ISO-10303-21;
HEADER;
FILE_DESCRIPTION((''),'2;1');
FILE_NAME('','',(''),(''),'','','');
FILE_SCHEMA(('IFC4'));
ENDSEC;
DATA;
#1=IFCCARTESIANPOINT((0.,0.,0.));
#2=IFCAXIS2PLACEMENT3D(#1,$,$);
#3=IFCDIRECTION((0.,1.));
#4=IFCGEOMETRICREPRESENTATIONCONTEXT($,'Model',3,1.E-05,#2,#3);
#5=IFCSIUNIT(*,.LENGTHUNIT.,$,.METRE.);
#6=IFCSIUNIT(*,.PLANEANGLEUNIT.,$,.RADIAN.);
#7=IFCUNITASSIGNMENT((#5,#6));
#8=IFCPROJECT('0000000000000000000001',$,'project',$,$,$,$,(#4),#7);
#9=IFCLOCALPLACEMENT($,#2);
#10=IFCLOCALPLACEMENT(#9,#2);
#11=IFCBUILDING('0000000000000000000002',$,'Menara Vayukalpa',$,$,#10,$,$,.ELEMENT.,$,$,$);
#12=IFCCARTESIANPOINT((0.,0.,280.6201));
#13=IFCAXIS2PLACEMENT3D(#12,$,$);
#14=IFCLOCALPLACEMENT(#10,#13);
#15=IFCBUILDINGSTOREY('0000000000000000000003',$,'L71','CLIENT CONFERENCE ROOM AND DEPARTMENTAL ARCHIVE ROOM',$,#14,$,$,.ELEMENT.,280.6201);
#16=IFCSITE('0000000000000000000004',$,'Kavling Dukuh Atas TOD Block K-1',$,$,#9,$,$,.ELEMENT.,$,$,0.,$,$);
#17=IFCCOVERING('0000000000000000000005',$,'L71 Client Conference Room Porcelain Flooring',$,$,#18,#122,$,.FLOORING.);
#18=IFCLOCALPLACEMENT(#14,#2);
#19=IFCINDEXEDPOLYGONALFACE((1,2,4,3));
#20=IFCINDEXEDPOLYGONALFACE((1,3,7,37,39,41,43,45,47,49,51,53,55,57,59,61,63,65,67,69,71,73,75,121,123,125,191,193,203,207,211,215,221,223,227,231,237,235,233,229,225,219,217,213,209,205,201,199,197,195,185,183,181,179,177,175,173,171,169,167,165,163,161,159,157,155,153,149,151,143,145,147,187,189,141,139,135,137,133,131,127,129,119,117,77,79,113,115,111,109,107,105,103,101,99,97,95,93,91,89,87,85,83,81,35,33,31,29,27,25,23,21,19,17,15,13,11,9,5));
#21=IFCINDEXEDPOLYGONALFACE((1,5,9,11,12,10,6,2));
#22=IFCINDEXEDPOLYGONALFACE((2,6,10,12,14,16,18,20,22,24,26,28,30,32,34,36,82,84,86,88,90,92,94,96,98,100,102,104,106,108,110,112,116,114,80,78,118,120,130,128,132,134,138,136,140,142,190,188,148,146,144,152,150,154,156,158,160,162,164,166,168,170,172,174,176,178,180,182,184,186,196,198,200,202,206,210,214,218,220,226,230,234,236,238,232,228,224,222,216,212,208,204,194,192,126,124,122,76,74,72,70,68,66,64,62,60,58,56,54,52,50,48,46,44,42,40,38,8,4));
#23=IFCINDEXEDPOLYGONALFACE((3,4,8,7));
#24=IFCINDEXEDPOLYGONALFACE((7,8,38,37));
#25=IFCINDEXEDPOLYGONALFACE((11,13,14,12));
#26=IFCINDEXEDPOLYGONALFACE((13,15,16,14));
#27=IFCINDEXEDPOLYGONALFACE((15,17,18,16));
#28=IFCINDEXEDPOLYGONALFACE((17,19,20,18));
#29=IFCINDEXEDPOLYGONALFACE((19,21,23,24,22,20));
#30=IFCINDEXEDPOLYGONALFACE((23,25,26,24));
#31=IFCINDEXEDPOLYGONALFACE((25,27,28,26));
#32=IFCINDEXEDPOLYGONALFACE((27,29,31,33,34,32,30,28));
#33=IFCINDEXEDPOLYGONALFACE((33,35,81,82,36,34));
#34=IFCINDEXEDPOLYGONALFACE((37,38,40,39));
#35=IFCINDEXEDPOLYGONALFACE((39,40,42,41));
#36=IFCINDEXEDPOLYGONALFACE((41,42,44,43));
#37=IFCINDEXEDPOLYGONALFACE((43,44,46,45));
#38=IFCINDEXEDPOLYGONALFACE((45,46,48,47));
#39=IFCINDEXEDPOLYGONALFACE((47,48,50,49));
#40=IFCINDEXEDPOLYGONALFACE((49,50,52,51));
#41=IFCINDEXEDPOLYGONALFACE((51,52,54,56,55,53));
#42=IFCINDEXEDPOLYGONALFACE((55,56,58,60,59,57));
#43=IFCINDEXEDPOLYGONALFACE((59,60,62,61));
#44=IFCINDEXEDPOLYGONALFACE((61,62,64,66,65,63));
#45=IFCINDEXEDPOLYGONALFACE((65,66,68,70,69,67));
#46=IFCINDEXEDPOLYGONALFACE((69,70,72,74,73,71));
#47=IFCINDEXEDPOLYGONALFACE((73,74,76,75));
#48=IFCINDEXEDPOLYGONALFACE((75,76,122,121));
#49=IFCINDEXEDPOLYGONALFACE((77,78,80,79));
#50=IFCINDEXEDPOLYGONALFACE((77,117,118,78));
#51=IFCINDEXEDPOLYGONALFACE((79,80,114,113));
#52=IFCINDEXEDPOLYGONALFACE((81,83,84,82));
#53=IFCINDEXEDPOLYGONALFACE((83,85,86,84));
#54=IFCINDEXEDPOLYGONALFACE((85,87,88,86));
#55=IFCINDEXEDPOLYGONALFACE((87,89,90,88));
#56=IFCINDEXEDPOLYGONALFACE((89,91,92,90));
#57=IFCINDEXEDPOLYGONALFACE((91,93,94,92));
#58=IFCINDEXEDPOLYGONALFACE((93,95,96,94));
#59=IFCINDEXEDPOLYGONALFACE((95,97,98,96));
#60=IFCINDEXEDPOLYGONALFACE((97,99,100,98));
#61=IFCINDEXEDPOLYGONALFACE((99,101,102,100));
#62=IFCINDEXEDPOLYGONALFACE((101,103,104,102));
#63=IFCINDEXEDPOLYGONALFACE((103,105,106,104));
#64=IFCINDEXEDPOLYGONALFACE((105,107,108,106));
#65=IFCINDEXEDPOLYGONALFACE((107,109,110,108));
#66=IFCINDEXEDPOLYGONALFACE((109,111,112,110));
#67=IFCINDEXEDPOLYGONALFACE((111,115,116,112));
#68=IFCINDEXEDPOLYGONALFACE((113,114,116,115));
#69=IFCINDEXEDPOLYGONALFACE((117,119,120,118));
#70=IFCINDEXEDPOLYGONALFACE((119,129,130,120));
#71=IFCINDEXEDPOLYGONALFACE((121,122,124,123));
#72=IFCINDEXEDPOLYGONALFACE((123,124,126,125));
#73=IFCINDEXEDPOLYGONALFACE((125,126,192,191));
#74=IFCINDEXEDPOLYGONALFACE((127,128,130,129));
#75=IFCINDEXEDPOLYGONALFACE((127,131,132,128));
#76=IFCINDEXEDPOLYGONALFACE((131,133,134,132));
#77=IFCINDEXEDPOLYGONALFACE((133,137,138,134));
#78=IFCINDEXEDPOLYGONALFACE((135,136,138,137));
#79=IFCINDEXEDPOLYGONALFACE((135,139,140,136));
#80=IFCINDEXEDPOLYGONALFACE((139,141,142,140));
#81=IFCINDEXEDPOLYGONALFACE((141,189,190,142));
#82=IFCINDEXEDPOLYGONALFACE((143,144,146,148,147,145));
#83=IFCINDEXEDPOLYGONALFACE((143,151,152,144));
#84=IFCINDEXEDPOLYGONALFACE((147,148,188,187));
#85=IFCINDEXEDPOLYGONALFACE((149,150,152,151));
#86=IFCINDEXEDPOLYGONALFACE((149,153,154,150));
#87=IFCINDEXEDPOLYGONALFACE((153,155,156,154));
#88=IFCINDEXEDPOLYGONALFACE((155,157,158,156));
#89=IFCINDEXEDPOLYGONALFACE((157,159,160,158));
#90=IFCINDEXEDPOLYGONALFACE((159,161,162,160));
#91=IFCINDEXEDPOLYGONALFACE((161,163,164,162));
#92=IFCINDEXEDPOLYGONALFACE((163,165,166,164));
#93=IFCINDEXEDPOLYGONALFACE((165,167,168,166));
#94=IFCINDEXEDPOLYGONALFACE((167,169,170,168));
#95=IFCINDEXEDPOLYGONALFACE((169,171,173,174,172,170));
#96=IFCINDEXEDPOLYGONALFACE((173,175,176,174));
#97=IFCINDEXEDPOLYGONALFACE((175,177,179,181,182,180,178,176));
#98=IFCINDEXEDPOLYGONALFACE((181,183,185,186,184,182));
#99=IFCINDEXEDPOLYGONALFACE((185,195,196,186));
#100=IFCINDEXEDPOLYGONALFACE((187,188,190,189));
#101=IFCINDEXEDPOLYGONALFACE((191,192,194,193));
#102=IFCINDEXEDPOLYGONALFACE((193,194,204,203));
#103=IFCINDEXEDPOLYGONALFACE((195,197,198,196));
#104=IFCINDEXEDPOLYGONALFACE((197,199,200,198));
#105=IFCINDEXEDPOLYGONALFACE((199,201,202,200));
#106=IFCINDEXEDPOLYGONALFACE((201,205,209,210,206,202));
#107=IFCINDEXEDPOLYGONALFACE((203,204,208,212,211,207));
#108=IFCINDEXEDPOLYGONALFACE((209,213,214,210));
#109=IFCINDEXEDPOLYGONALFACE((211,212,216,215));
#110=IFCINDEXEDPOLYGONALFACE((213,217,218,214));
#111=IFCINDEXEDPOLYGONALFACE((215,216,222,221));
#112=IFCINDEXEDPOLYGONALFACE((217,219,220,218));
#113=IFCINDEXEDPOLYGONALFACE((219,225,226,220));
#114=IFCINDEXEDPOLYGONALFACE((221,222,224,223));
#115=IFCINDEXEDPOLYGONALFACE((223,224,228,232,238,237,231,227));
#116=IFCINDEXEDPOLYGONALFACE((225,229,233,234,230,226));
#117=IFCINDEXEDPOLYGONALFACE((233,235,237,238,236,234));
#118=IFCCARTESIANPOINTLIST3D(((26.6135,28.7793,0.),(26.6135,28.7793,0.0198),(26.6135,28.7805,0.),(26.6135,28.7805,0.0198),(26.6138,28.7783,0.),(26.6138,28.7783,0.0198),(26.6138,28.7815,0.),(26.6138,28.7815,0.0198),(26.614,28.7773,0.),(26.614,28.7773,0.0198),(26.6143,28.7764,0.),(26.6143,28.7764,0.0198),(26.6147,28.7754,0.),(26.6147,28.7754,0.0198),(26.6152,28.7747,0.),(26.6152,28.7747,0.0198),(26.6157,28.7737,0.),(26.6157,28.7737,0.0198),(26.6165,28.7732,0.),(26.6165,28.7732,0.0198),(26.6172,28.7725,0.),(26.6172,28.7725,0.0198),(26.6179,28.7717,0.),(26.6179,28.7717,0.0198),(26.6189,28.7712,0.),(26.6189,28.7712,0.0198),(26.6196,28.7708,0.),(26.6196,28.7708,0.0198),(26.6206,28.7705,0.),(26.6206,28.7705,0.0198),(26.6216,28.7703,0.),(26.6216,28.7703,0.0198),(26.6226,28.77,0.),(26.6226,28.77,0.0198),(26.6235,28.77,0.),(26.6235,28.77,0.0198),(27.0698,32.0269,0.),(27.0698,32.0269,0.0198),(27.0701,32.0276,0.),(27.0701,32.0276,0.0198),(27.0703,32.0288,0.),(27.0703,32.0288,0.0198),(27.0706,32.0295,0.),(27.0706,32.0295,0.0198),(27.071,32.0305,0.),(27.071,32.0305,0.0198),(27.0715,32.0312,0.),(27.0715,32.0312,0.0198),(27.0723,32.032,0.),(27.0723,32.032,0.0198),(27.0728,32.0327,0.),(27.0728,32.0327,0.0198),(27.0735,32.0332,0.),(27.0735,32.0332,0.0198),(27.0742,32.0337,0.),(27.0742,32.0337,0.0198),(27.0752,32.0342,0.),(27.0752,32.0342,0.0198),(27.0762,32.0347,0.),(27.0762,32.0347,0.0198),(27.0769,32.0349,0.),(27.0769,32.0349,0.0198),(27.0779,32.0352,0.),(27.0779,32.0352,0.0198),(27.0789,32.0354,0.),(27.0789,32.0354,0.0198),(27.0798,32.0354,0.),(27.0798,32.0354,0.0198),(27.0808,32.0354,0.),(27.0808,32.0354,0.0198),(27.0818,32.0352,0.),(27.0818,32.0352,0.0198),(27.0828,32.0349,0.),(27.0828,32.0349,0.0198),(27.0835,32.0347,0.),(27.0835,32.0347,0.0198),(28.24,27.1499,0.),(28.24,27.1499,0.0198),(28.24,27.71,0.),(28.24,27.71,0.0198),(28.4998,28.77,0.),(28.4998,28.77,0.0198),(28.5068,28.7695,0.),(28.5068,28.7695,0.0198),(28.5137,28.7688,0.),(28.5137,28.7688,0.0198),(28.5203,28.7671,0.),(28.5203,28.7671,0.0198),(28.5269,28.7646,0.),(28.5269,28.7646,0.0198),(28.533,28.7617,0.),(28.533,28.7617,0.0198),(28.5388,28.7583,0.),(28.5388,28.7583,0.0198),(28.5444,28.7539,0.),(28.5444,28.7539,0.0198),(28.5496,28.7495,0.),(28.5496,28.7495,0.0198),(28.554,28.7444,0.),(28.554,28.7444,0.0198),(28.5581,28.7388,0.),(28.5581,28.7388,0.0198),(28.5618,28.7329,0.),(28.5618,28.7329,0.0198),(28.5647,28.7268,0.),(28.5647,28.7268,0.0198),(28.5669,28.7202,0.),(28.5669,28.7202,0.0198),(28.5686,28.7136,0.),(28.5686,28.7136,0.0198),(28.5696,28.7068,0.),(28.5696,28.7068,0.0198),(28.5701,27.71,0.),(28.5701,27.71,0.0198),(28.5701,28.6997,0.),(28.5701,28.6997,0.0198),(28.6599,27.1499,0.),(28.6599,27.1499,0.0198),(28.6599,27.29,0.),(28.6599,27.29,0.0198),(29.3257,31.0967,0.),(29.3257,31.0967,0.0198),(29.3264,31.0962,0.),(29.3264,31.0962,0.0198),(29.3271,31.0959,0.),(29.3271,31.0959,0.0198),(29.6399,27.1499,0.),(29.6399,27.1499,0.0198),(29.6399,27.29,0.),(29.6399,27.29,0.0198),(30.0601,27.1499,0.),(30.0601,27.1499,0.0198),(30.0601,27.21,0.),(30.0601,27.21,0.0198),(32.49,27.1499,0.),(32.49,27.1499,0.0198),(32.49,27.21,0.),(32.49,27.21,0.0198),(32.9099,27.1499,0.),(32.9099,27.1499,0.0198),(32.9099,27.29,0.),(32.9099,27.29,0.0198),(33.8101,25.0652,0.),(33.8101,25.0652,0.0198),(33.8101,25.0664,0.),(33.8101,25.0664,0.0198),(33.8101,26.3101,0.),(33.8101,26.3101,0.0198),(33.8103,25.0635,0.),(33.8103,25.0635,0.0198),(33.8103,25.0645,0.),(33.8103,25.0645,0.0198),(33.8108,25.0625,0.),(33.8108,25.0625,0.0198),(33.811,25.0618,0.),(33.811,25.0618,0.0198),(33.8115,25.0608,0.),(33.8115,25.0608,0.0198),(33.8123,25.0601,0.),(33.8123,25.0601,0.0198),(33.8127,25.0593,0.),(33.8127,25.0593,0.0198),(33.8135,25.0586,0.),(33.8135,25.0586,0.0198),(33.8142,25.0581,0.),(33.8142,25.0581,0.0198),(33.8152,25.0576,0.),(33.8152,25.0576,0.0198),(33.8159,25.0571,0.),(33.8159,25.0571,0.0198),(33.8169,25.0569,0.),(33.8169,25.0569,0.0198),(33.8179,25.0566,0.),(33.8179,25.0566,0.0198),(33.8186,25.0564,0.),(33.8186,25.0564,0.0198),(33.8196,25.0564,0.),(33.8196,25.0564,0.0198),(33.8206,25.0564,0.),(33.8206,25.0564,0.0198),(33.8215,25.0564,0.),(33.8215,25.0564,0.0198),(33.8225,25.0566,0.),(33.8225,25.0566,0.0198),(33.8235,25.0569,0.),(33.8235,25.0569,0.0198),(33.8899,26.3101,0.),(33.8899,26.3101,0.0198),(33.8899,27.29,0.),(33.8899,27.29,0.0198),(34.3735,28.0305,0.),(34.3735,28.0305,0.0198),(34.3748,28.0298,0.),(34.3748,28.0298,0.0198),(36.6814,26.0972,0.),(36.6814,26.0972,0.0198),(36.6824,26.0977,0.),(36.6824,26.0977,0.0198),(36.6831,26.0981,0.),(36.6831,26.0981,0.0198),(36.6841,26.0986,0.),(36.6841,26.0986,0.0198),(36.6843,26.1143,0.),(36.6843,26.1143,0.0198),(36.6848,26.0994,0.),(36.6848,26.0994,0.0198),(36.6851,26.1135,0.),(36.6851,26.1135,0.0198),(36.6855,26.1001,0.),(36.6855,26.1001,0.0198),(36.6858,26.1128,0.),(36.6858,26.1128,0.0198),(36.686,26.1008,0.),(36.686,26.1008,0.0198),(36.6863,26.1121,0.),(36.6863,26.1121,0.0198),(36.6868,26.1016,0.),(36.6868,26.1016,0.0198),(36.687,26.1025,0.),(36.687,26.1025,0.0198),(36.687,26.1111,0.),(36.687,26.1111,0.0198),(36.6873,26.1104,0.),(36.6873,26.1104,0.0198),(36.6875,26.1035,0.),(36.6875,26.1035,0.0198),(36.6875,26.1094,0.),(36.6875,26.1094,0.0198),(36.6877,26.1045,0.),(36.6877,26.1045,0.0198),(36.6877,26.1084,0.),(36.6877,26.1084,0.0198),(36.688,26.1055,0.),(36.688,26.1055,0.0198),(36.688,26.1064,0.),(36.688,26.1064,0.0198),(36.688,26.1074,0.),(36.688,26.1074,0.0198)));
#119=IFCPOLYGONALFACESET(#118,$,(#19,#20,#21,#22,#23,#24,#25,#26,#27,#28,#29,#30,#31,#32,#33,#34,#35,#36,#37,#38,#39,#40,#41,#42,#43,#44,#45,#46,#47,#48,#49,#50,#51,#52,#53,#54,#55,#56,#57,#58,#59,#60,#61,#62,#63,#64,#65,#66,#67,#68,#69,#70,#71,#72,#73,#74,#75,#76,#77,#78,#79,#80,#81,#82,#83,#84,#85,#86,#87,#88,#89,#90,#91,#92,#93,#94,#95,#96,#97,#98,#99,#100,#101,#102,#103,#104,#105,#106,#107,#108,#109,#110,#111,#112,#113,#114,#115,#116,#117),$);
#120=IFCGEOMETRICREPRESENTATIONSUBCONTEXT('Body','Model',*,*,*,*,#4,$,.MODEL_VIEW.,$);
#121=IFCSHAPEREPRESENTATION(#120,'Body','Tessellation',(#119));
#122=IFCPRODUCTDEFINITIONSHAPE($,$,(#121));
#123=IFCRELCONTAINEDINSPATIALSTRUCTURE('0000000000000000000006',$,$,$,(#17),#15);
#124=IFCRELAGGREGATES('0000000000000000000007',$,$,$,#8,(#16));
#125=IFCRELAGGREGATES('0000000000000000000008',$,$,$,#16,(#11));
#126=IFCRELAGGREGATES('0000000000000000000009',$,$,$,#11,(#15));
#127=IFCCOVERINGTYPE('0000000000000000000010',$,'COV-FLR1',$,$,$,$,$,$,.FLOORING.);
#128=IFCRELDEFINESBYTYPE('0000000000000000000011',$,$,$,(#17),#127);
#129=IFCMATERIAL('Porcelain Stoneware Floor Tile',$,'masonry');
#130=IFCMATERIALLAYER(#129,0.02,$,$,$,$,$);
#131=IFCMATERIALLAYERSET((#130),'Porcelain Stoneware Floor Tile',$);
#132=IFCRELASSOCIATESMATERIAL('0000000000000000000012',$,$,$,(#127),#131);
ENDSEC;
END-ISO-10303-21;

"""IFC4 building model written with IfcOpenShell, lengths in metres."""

from ifc_helpers import new_model, si_unit, direction, frame, origin, place, context, subcontext, project, spatial, polyline, outline, extrude, material, layer, layer_set, type_object, element, save


model = new_model("IFC4")

# Units and contexts
model_context = context("Model", 3, precision=1e-05, world=origin(), true_north=direction((0.0, 1.0)))
body_context = subcontext(model_context, "Body", "Model", "MODEL_VIEW")
ifc_project = project(units=[si_unit("LENGTHUNIT", "METRE"), si_unit("PLANEANGLEUNIT", "RADIAN")], contexts=[model_context])

# Site, building, storey
site_placement = place(None, origin())
site = spatial("IfcSite", under=ifc_project, at=site_placement, Name="Kavling Dukuh Atas TOD Block K-1", CompositionType="ELEMENT", RefElevation=0.0)
building_placement = place(site_placement, origin())
building = spatial("IfcBuilding", under=site, at=building_placement, Name="Menara Vayukalpa", CompositionType="ELEMENT")
storey_placement = place(building_placement, frame((0.0, 0.0, 280.6201)))
storey = spatial("IfcBuildingStorey", under=building, at=storey_placement, Name="L71", Description="CLIENT CONFERENCE ROOM AND DEPARTMENTAL ARCHIVE ROOM", CompositionType="ELEMENT", Elevation=280.6201)

# Covering
ifc_material_1 = material(Name="Porcelain Stoneware Floor Tile", Category="masonry")
ifc_layer_1 = layer(ifc_material_1, 0.02)
ifc_layer_set_1 = layer_set([ifc_layer_1], Name="Porcelain Stoneware Floor Tile")
covering_type_1 = type_object("IfcCoveringType", Name="COV-FLR1", PredefinedType="FLOORING", material=ifc_layer_set_1)
covering_1_placement = place(storey_placement, origin())
element("IfcCovering", 1, at=covering_1_placement, inside=storey, type_object=covering_type_1, Name="L71 Client Conference Room Porcelain Flooring", PredefinedType="FLOORING", context=body_context, shape_type="SweptSolid", body=[
    extrude(outline(polyline([(28.5701, 28.6997), (28.5696, 28.7068), (28.5686, 28.7136), (28.5669, 28.7202), (28.5647, 28.7268), (28.5618, 28.7329), (28.5581, 28.7388), (28.554, 28.7444), (28.5496, 28.7495), (28.5444, 28.7539), (28.5388, 28.7583), (28.533, 28.7617), (28.5269, 28.7646), (28.5203, 28.7671), (28.5137, 28.7688), (28.5068, 28.7695), (28.4998, 28.77), (26.6235, 28.77), (26.6226, 28.77), (26.6216, 28.7703), (26.6206, 28.7705), (26.6196, 28.7708), (26.6189, 28.7712), (26.6179, 28.7717), (26.6172, 28.7725), (26.6165, 28.7732), (26.6157, 28.7737), (26.6152, 28.7747), (26.6147, 28.7754), (26.6143, 28.7764), (26.614, 28.7773), (26.6138, 28.7783), (26.6135, 28.7793), (26.6135, 28.7805), (26.6138, 28.7815), (27.0698, 32.0269), (27.0701, 32.0276), (27.0703, 32.0288), (27.0706, 32.0295), (27.071, 32.0305), (27.0715, 32.0312), (27.0723, 32.032), (27.0728, 32.0327), (27.0735, 32.0332), (27.0742, 32.0337), (27.0752, 32.0342), (27.0762, 32.0347), (27.0769, 32.0349), (27.0779, 32.0352), (27.0789, 32.0354), (27.0798, 32.0354), (27.0808, 32.0354), (27.0818, 32.0352), (27.0828, 32.0349), (27.0835, 32.0347), (29.3257, 31.0967), (29.3264, 31.0962), (29.3271, 31.0959), (34.3735, 28.0305), (34.3748, 28.0298), (36.6843, 26.1143), (36.6851, 26.1135), (36.6858, 26.1128), (36.6863, 26.1121), (36.687, 26.1111), (36.6873, 26.1104), (36.6875, 26.1094), (36.6877, 26.1084), (36.688, 26.1074), (36.688, 26.1064), (36.688, 26.1055), (36.6877, 26.1045), (36.6875, 26.1035), (36.687, 26.1025), (36.6868, 26.1016), (36.686, 26.1008), (36.6855, 26.1001), (36.6848, 26.0994), (36.6841, 26.0986), (36.6831, 26.0981), (36.6824, 26.0977), (36.6814, 26.0972), (33.8235, 25.0569), (33.8225, 25.0566), (33.8215, 25.0564), (33.8206, 25.0564), (33.8196, 25.0564), (33.8186, 25.0564), (33.8179, 25.0566), (33.8169, 25.0569), (33.8159, 25.0571), (33.8152, 25.0576), (33.8142, 25.0581), (33.8135, 25.0586), (33.8127, 25.0593), (33.8123, 25.0601), (33.8115, 25.0608), (33.811, 25.0618), (33.8108, 25.0625), (33.8103, 25.0635), (33.8103, 25.0645), (33.8101, 25.0652), (33.8101, 25.0664), (33.8101, 26.3101), (33.8899, 26.3101), (33.8899, 27.29), (32.9099, 27.29), (32.9099, 27.1499), (32.49, 27.1499), (32.49, 27.21), (30.0601, 27.21), (30.0601, 27.1499), (29.6399, 27.1499), (29.6399, 27.29), (28.6599, 27.29), (28.6599, 27.1499), (28.24, 27.1499), (28.24, 27.71), (28.5701, 27.71), (28.5701, 28.6997)])), origin(), (0.0, 0.0, 1.0), 0.0198),
])

save(model, "model.ifc")
